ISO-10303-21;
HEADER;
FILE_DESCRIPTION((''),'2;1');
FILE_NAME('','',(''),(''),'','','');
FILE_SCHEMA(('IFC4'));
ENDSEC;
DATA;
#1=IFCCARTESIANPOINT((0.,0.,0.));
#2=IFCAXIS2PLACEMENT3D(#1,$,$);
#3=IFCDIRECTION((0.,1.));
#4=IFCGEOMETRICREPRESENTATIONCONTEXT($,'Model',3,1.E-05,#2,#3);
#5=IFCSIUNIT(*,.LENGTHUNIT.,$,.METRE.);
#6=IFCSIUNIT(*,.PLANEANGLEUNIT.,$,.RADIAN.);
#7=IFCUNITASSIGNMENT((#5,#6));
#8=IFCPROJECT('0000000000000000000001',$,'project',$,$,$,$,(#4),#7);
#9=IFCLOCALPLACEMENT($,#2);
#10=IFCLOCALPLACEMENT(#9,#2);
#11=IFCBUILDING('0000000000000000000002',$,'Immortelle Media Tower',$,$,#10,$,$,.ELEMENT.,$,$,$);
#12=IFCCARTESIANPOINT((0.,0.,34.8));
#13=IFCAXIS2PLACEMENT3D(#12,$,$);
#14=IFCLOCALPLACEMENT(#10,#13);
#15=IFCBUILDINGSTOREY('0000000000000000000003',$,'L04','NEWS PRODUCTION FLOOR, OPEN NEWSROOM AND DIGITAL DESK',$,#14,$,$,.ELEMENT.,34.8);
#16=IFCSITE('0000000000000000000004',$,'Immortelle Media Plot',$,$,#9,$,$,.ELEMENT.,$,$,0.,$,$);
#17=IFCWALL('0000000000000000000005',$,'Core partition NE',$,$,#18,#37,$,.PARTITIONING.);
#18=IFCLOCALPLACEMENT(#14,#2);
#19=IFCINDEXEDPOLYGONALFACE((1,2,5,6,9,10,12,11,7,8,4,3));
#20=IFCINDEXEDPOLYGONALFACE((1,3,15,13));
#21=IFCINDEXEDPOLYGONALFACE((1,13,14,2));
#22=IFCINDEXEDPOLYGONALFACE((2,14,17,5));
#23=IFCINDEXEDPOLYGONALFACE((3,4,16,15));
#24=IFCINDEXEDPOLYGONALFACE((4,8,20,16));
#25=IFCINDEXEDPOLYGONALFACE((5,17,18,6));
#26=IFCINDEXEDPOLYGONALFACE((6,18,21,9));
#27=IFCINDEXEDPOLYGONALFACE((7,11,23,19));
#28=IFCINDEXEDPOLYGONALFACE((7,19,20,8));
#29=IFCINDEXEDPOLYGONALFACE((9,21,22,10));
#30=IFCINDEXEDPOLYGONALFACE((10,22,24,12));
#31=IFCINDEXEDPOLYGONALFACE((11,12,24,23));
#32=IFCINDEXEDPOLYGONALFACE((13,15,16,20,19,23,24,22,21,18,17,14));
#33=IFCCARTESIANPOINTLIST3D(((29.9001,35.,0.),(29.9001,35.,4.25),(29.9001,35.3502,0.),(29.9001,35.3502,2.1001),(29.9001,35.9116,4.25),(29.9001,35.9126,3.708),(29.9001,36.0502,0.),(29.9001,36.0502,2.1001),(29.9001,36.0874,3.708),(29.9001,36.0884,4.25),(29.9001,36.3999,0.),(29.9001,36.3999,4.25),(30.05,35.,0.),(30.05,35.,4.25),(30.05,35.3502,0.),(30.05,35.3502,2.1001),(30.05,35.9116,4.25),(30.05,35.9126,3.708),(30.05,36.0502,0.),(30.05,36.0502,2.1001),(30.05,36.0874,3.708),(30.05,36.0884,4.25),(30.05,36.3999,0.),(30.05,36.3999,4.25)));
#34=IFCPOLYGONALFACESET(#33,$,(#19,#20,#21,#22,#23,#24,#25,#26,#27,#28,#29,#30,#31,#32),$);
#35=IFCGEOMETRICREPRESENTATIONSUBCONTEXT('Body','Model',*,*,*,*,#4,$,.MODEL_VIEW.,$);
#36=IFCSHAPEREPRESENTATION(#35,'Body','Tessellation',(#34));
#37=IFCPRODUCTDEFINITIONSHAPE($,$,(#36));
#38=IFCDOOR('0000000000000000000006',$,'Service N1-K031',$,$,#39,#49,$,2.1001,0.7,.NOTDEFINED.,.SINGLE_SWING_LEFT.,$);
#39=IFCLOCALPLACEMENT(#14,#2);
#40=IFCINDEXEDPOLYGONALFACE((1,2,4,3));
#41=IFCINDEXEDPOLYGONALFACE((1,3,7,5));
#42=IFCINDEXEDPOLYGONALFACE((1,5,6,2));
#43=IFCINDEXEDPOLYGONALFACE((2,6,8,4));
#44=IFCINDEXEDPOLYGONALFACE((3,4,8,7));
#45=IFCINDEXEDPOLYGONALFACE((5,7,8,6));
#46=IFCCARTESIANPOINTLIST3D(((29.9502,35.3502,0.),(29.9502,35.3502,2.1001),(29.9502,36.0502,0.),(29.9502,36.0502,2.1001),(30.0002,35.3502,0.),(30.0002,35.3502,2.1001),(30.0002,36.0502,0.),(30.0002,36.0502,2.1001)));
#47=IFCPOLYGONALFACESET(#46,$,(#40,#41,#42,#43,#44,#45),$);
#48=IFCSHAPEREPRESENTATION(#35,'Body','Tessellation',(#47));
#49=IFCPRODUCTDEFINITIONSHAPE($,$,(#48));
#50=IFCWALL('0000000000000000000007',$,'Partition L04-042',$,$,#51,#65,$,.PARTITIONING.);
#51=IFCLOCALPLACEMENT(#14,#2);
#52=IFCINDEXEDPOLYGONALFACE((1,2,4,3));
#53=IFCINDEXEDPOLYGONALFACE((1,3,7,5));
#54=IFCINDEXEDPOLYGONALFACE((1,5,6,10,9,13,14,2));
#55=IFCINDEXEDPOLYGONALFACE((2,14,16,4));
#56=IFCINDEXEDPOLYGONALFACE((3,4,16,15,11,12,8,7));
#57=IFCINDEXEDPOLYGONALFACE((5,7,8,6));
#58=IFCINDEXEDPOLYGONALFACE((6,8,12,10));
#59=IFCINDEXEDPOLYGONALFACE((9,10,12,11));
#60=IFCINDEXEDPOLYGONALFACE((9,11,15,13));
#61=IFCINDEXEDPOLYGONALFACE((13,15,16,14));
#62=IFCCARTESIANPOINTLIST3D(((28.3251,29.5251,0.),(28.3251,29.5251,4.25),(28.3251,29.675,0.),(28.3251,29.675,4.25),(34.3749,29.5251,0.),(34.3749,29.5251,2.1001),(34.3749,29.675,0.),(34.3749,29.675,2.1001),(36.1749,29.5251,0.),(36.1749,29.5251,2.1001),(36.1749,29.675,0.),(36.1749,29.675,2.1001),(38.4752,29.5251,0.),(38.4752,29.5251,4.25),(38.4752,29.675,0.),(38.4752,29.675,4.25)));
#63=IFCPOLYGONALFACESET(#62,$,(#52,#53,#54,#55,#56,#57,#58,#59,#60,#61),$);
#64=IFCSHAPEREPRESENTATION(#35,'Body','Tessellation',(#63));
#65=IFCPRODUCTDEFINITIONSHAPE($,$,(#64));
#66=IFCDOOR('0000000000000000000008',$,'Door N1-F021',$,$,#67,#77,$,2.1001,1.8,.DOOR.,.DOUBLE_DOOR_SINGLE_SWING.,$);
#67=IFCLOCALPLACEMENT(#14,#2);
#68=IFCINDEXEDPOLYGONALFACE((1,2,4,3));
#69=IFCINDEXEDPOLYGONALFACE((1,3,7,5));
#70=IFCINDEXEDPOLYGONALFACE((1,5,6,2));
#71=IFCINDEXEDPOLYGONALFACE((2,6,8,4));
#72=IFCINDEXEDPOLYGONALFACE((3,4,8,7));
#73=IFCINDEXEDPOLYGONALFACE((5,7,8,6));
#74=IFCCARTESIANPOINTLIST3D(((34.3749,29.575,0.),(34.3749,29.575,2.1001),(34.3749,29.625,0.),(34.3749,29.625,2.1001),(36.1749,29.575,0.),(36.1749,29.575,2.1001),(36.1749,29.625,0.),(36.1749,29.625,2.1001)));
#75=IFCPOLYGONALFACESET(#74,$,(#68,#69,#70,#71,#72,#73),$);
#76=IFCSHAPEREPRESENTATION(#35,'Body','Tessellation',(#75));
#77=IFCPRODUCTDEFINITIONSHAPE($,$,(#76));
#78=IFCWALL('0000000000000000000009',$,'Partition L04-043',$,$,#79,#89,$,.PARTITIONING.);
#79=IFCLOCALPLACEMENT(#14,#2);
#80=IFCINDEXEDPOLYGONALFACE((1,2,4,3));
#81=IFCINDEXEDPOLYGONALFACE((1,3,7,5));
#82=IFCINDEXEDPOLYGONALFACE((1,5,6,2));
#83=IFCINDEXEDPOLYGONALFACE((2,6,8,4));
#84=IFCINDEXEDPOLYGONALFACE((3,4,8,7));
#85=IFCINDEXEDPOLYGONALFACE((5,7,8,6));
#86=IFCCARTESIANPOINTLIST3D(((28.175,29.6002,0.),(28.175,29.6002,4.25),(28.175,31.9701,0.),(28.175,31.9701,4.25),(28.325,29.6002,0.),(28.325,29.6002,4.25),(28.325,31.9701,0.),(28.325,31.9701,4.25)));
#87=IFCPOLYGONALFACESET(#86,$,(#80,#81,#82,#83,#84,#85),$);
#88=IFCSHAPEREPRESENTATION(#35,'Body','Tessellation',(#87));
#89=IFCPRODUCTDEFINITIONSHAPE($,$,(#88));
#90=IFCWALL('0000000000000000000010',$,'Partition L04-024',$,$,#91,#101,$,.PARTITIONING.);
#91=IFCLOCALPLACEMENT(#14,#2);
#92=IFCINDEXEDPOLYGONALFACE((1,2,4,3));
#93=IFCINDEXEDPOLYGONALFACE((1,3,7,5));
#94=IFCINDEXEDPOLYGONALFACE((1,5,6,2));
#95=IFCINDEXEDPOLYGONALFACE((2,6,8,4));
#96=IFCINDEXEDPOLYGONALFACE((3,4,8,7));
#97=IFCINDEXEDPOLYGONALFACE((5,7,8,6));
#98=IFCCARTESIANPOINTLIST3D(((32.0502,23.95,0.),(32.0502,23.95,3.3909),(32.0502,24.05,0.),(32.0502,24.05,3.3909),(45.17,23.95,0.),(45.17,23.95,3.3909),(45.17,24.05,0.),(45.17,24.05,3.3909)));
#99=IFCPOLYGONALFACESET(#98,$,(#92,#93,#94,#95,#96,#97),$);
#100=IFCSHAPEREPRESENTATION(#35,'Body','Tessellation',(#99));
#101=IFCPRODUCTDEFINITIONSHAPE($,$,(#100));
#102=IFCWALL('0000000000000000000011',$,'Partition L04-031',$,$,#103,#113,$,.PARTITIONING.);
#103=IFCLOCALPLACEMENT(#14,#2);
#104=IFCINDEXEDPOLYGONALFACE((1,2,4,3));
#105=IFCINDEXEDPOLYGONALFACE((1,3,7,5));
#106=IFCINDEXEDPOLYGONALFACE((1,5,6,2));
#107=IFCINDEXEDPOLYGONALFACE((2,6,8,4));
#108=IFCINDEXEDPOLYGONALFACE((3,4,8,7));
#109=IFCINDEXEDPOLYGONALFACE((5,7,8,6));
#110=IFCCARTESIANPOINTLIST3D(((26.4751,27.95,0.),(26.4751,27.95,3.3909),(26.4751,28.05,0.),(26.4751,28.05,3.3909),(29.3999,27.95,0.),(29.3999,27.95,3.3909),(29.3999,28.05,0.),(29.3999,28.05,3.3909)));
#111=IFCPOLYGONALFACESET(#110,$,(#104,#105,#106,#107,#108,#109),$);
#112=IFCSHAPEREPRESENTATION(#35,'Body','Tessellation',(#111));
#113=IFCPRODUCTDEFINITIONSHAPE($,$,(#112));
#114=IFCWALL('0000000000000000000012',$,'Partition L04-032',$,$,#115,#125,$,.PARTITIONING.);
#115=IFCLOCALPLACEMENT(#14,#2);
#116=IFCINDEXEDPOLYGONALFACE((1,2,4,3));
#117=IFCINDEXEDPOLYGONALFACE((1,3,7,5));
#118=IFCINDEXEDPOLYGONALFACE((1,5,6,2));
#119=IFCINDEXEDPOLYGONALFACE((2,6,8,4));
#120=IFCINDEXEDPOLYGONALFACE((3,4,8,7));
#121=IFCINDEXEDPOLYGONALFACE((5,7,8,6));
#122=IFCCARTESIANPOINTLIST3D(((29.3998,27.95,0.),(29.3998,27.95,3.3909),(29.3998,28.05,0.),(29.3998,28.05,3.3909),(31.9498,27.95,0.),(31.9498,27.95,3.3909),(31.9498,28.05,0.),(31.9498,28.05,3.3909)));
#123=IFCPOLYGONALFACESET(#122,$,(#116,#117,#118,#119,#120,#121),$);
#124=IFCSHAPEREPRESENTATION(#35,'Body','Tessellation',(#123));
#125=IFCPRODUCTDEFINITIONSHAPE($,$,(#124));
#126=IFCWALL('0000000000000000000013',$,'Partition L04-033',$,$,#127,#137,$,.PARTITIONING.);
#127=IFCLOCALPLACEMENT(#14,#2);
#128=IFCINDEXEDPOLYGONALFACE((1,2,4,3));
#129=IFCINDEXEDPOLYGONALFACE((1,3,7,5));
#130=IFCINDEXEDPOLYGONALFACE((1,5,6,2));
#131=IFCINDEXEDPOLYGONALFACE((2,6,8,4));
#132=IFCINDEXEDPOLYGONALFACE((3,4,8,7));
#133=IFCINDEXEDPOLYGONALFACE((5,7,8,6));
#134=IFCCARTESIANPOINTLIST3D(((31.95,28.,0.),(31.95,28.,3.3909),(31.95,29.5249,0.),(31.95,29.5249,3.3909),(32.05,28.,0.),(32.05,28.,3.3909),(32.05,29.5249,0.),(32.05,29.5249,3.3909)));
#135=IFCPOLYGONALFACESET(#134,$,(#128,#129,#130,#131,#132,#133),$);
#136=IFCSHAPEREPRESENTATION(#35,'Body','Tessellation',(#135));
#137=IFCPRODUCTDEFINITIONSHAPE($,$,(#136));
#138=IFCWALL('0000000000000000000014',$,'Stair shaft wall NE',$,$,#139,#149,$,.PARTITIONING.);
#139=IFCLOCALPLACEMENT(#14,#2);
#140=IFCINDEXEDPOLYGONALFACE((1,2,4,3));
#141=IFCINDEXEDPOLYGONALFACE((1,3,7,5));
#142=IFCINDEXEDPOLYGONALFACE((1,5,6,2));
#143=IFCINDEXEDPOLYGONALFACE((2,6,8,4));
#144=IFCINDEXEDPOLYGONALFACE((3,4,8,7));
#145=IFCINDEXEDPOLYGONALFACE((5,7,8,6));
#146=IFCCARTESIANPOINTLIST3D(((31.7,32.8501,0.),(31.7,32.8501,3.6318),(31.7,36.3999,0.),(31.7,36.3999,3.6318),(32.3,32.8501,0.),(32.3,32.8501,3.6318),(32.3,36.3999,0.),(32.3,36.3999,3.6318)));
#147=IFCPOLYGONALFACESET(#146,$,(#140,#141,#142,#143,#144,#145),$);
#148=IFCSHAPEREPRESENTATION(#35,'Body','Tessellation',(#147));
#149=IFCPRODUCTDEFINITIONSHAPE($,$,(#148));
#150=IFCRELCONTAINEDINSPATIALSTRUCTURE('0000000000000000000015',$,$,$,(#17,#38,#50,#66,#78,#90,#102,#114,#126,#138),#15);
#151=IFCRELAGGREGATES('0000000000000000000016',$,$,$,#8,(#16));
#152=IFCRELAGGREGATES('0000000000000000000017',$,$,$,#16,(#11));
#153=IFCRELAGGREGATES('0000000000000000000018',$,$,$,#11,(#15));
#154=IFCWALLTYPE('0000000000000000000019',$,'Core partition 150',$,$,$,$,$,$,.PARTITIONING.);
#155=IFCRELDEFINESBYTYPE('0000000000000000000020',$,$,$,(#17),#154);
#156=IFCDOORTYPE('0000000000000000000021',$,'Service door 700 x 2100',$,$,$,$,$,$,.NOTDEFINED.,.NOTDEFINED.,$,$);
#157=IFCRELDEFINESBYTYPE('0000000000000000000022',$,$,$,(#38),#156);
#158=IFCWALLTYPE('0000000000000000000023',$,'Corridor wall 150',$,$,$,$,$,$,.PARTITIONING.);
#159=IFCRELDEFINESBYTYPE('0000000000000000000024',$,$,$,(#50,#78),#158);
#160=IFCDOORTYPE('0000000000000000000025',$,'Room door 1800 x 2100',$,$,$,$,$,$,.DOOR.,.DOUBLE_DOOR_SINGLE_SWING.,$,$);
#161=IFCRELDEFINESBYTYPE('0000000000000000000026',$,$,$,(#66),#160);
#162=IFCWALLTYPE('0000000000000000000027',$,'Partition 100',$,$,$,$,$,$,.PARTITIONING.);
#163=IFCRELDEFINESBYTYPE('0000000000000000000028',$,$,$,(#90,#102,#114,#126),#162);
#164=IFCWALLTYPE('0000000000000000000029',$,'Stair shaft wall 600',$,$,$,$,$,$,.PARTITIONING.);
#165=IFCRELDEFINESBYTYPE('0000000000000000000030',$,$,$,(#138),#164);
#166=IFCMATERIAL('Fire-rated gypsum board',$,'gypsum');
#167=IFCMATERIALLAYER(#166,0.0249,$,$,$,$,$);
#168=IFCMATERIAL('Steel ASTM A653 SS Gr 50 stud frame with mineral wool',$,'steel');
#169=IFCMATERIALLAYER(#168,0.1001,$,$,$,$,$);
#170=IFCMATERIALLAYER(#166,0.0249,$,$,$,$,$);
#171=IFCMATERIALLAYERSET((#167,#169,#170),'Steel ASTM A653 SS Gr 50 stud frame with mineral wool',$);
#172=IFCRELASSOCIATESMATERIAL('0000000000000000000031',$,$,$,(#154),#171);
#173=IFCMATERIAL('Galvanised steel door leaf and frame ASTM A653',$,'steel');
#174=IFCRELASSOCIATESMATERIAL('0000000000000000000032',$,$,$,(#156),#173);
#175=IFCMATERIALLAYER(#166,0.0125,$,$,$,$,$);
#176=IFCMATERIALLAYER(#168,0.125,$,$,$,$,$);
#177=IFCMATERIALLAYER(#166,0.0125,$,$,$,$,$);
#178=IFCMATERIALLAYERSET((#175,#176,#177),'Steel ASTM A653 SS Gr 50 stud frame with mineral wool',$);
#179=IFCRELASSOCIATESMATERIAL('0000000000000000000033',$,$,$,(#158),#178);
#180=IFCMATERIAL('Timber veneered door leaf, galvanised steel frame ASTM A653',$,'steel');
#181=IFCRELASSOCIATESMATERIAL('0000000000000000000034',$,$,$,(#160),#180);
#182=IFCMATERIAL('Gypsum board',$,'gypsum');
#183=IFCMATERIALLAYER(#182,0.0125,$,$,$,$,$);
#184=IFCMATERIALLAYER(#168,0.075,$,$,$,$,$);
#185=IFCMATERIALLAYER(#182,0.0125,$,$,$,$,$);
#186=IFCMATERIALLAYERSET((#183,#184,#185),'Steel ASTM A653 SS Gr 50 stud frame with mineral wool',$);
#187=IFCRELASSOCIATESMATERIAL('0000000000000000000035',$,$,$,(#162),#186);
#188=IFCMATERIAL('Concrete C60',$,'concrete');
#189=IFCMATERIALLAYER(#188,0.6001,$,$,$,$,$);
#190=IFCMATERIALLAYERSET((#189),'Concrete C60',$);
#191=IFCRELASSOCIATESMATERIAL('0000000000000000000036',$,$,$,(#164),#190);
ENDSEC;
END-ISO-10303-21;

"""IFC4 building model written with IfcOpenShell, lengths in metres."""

from ifc_helpers import new_model, si_unit, direction, frame, frame_2d, origin, place, context, subcontext, project, spatial, polyline, rectangle, outline, extrude, material, layer, layer_set, type_object, element, fill, save


model = new_model("IFC4")

# Units and contexts
model_context = context("Model", 3, precision=1e-05, world=origin(), true_north=direction((0.0, 1.0)))
body_context = subcontext(model_context, "Body", "Model", "MODEL_VIEW")
ifc_project = project(units=[si_unit("LENGTHUNIT", "METRE"), si_unit("PLANEANGLEUNIT", "RADIAN")], contexts=[model_context])

# Site, building, storey
site_placement = place(None, origin())
site = spatial("IfcSite", under=ifc_project, at=site_placement, Name="Immortelle Media Plot", CompositionType="ELEMENT", RefElevation=0.0)
building_placement = place(site_placement, origin())
building = spatial("IfcBuilding", under=site, at=building_placement, Name="Immortelle Media Tower", CompositionType="ELEMENT")
storey_placement = place(building_placement, frame((0.0, 0.0, 34.8)))
storey = spatial("IfcBuildingStorey", under=building, at=storey_placement, Name="L04", Description="NEWS PRODUCTION FLOOR, OPEN NEWSROOM AND DIGITAL DESK", CompositionType="ELEMENT", Elevation=34.8)

# Shared definitions
ifc_material_1 = material(Name="Fire-rated gypsum board", Category="gypsum")
ifc_layer_1 = layer(ifc_material_1, 0.0249)
ifc_material_2 = material(Name="Steel ASTM A653 SS Gr 50 stud frame with mineral wool", Category="steel")
ifc_layer_2 = layer(ifc_material_2, 0.1001)
ifc_layer_3 = layer(ifc_material_1, 0.0249)
ifc_layer_set_1 = layer_set([ifc_layer_1, ifc_layer_2, ifc_layer_3], Name="Steel ASTM A653 SS Gr 50 stud frame with mineral wool")
wall_type_1 = type_object("IfcWallType", Name="Core partition 150", PredefinedType="PARTITIONING", material=ifc_layer_set_1)
ifc_material_3 = material(Name="Galvanised steel door leaf and frame ASTM A653", Category="steel")

# Walls, openings, doors
wall_1_placement = place(storey_placement, frame((29.9751, 35.0, 0.0), z_axis=(0.0, 0.0, 1.0), x_axis=(0.0, 1.0, 0.0)))
wall_1 = element("IfcWall", 1, at=wall_1_placement, inside=storey, type_object=wall_type_1, Name="Core partition NE", PredefinedType="PARTITIONING", context=body_context, shape_type="SweptSolid", body=[
    extrude(outline(polyline([(0.0, 0.0), (1.3999, 0.0), (1.3999, 4.25), (1.0884, 4.25), (1.0874, 3.708), (0.9126, 3.708), (0.9116, 4.25), (0.0, 4.25), (0.0, 0.0)])), frame((0.0, 0.075, 0.0), z_axis=(0.0, -1.0, 0.0), x_axis=(1.0, 0.0, 0.0)), (0.0, 0.0, 1.0), 0.1499),
])
opening_1_placement = place(wall_1_placement, frame((0.3501, 0.0, 0.0)))
opening_1 = element("IfcOpeningElement", 2, at=opening_1_placement, cuts=wall_1, PredefinedType="OPENING", context=body_context, shape_type="SweptSolid", body=[
    extrude(rectangle(XDim=0.7, YDim=2.1001, at=frame_2d((0.3501, 1.05))), frame((0.0, 0.085, 0.0), z_axis=(0.0, -1.0, 0.0), x_axis=(1.0, 0.0, 0.0)), (0.0, 0.0, 1.0), 0.1699),
])
door_type_1 = type_object("IfcDoorType", Name="Service door 700 x 2100", OperationType="NOTDEFINED", PredefinedType="NOTDEFINED", material=ifc_material_3)
door_1_placement = place(opening_1_placement, origin())
door_1 = element("IfcDoor", 3, at=door_1_placement, inside=storey, type_object=door_type_1, Name="Service N1-K031", OperationType="SINGLE_SWING_LEFT", OverallHeight=2.1001, OverallWidth=0.7, PredefinedType="NOTDEFINED", context=body_context, shape_type="SweptSolid", body=[
    extrude(rectangle(XDim=0.7, YDim=2.1001, at=frame_2d((0.3501, 1.05))), frame((0.0, 0.0249, 0.0), z_axis=(0.0, -1.0, 0.0), x_axis=(1.0, 0.0, 0.0)), (0.0, 0.0, 1.0), 0.05),
])
fill(opening_1, door_1)
ifc_layer_4 = layer(ifc_material_1, 0.0125)
ifc_layer_5 = layer(ifc_material_2, 0.125)
ifc_layer_6 = layer(ifc_material_1, 0.0125)
ifc_layer_set_2 = layer_set([ifc_layer_4, ifc_layer_5, ifc_layer_6], Name="Steel ASTM A653 SS Gr 50 stud frame with mineral wool")
wall_type_2 = type_object("IfcWallType", Name="Corridor wall 150", PredefinedType="PARTITIONING", material=ifc_layer_set_2)
wall_2_placement = place(storey_placement, frame((28.325, 29.6001, 0.0), z_axis=(0.0, 0.0, 1.0), x_axis=(1.0, 0.0, 0.0)))
wall_2 = element("IfcWall", 4, at=wall_2_placement, inside=storey, type_object=wall_type_2, Name="Partition L04-042", PredefinedType="PARTITIONING", context=body_context, shape_type="SweptSolid", body=[
    extrude(rectangle(XDim=10.1501, YDim=0.1499, at=frame_2d((5.0752, 0.0))), origin(), (0.0, 0.0, 1.0), 4.25),
])
opening_2_placement = place(wall_2_placement, frame((6.05, 0.0, 0.0)))
opening_2 = element("IfcOpeningElement", 5, at=opening_2_placement, cuts=wall_2, PredefinedType="OPENING", context=body_context, shape_type="SweptSolid", body=[
    extrude(rectangle(XDim=1.8, YDim=2.1001, at=frame_2d((0.8999, 1.05))), frame((0.0, 0.085, 0.0), z_axis=(0.0, -1.0, 0.0), x_axis=(1.0, 0.0, 0.0)), (0.0, 0.0, 1.0), 0.1699),
])
ifc_material_4 = material(Name="Timber veneered door leaf, galvanised steel frame ASTM A653", Category="steel")
door_type_2 = type_object("IfcDoorType", Name="Room door 1800 x 2100", OperationType="DOUBLE_DOOR_SINGLE_SWING", PredefinedType="DOOR", material=ifc_material_4)
door_2_placement = place(opening_2_placement, origin())
door_2 = element("IfcDoor", 6, at=door_2_placement, inside=storey, type_object=door_type_2, Name="Door N1-F021", OperationType="DOUBLE_DOOR_SINGLE_SWING", OverallHeight=2.1001, OverallWidth=1.8, PredefinedType="DOOR", context=body_context, shape_type="SweptSolid", body=[
    extrude(rectangle(XDim=1.8, YDim=2.1001, at=frame_2d((0.8999, 1.05))), frame((0.0, 0.0249, 0.0), z_axis=(0.0, -1.0, 0.0), x_axis=(1.0, 0.0, 0.0)), (0.0, 0.0, 1.0), 0.05),
])
fill(opening_2, door_2)

# Walls
wall_3_placement = place(storey_placement, frame((28.25, 29.6001, 0.0), z_axis=(0.0, 0.0, 1.0), x_axis=(0.0, 1.0, 0.0)))
element("IfcWall", 7, at=wall_3_placement, inside=storey, type_object=wall_type_2, Name="Partition L04-043", PredefinedType="PARTITIONING", context=body_context, shape_type="SweptSolid", body=[
    extrude(rectangle(XDim=2.3699, YDim=0.1499, at=frame_2d((1.1851, 0.0))), origin(), (0.0, 0.0, 1.0), 4.25),
])
ifc_material_5 = material(Name="Gypsum board", Category="gypsum")
ifc_layer_7 = layer(ifc_material_5, 0.0125)
ifc_layer_8 = layer(ifc_material_2, 0.075)
ifc_layer_9 = layer(ifc_material_5, 0.0125)
ifc_layer_set_3 = layer_set([ifc_layer_7, ifc_layer_8, ifc_layer_9], Name="Steel ASTM A653 SS Gr 50 stud frame with mineral wool")
wall_type_3 = type_object("IfcWallType", Name="Partition 100", PredefinedType="PARTITIONING", material=ifc_layer_set_3)
wall_4_placement = place(storey_placement, frame((32.05, 24.0, 0.0), z_axis=(0.0, 0.0, 1.0), x_axis=(1.0, 0.0, 0.0)))
element("IfcWall", 8, at=wall_4_placement, inside=storey, type_object=wall_type_3, Name="Partition L04-024", PredefinedType="PARTITIONING", context=body_context, shape_type="SweptSolid", body=[
    extrude(rectangle(XDim=13.1199, YDim=0.1001, at=frame_2d((6.5601, 0.0))), origin(), (0.0, 0.0, 1.0), 3.3909),
])
wall_5_placement = place(storey_placement, frame((26.4751, 28.0, 0.0), z_axis=(0.0, 0.0, 1.0), x_axis=(1.0, 0.0, 0.0)))
element("IfcWall", 9, at=wall_5_placement, inside=storey, type_object=wall_type_3, Name="Partition L04-031", PredefinedType="PARTITIONING", context=body_context, shape_type="SweptSolid", body=[
    extrude(rectangle(XDim=2.9248, YDim=0.1001, at=frame_2d((1.4624, 0.0))), origin(), (0.0, 0.0, 1.0), 3.3909),
])
wall_6_placement = place(storey_placement, frame((29.3999, 28.0, 0.0), z_axis=(0.0, 0.0, 1.0), x_axis=(1.0, 0.0, 0.0)))
element("IfcWall", 10, at=wall_6_placement, inside=storey, type_object=wall_type_3, Name="Partition L04-032", PredefinedType="PARTITIONING", context=body_context, shape_type="SweptSolid", body=[
    extrude(rectangle(XDim=2.55, YDim=0.1001, at=frame_2d((1.2749, 0.0))), origin(), (0.0, 0.0, 1.0), 3.3909),
])
wall_7_placement = place(storey_placement, frame((32.0, 28.0, 0.0), z_axis=(0.0, 0.0, 1.0), x_axis=(0.0, 1.0, 0.0)))
element("IfcWall", 11, at=wall_7_placement, inside=storey, type_object=wall_type_3, Name="Partition L04-033", PredefinedType="PARTITIONING", context=body_context, shape_type="SweptSolid", body=[
    extrude(rectangle(XDim=1.5249, YDim=0.1001, at=frame_2d((0.7625, 0.0))), origin(), (0.0, 0.0, 1.0), 3.3909),
])
ifc_material_6 = material(Name="Concrete C60", Category="concrete")
ifc_layer_10 = layer(ifc_material_6, 0.6001)
ifc_layer_set_4 = layer_set([ifc_layer_10], Name="Concrete C60")
wall_type_4 = type_object("IfcWallType", Name="Stair shaft wall 600", PredefinedType="PARTITIONING", material=ifc_layer_set_4)
wall_8_placement = place(storey_placement, frame((32.0, 32.8501, 0.0), z_axis=(0.0, 0.0, 1.0), x_axis=(0.0, 1.0, 0.0)))
element("IfcWall", 12, at=wall_8_placement, inside=storey, type_object=wall_type_4, Name="Stair shaft wall NE", PredefinedType="PARTITIONING", context=body_context, shape_type="SweptSolid", body=[
    extrude(rectangle(XDim=3.5498, YDim=0.6001, at=frame_2d((1.7749, 0.0))), origin(), (0.0, 0.0, 1.0), 3.6318),
])

save(model, "model.ifc")
